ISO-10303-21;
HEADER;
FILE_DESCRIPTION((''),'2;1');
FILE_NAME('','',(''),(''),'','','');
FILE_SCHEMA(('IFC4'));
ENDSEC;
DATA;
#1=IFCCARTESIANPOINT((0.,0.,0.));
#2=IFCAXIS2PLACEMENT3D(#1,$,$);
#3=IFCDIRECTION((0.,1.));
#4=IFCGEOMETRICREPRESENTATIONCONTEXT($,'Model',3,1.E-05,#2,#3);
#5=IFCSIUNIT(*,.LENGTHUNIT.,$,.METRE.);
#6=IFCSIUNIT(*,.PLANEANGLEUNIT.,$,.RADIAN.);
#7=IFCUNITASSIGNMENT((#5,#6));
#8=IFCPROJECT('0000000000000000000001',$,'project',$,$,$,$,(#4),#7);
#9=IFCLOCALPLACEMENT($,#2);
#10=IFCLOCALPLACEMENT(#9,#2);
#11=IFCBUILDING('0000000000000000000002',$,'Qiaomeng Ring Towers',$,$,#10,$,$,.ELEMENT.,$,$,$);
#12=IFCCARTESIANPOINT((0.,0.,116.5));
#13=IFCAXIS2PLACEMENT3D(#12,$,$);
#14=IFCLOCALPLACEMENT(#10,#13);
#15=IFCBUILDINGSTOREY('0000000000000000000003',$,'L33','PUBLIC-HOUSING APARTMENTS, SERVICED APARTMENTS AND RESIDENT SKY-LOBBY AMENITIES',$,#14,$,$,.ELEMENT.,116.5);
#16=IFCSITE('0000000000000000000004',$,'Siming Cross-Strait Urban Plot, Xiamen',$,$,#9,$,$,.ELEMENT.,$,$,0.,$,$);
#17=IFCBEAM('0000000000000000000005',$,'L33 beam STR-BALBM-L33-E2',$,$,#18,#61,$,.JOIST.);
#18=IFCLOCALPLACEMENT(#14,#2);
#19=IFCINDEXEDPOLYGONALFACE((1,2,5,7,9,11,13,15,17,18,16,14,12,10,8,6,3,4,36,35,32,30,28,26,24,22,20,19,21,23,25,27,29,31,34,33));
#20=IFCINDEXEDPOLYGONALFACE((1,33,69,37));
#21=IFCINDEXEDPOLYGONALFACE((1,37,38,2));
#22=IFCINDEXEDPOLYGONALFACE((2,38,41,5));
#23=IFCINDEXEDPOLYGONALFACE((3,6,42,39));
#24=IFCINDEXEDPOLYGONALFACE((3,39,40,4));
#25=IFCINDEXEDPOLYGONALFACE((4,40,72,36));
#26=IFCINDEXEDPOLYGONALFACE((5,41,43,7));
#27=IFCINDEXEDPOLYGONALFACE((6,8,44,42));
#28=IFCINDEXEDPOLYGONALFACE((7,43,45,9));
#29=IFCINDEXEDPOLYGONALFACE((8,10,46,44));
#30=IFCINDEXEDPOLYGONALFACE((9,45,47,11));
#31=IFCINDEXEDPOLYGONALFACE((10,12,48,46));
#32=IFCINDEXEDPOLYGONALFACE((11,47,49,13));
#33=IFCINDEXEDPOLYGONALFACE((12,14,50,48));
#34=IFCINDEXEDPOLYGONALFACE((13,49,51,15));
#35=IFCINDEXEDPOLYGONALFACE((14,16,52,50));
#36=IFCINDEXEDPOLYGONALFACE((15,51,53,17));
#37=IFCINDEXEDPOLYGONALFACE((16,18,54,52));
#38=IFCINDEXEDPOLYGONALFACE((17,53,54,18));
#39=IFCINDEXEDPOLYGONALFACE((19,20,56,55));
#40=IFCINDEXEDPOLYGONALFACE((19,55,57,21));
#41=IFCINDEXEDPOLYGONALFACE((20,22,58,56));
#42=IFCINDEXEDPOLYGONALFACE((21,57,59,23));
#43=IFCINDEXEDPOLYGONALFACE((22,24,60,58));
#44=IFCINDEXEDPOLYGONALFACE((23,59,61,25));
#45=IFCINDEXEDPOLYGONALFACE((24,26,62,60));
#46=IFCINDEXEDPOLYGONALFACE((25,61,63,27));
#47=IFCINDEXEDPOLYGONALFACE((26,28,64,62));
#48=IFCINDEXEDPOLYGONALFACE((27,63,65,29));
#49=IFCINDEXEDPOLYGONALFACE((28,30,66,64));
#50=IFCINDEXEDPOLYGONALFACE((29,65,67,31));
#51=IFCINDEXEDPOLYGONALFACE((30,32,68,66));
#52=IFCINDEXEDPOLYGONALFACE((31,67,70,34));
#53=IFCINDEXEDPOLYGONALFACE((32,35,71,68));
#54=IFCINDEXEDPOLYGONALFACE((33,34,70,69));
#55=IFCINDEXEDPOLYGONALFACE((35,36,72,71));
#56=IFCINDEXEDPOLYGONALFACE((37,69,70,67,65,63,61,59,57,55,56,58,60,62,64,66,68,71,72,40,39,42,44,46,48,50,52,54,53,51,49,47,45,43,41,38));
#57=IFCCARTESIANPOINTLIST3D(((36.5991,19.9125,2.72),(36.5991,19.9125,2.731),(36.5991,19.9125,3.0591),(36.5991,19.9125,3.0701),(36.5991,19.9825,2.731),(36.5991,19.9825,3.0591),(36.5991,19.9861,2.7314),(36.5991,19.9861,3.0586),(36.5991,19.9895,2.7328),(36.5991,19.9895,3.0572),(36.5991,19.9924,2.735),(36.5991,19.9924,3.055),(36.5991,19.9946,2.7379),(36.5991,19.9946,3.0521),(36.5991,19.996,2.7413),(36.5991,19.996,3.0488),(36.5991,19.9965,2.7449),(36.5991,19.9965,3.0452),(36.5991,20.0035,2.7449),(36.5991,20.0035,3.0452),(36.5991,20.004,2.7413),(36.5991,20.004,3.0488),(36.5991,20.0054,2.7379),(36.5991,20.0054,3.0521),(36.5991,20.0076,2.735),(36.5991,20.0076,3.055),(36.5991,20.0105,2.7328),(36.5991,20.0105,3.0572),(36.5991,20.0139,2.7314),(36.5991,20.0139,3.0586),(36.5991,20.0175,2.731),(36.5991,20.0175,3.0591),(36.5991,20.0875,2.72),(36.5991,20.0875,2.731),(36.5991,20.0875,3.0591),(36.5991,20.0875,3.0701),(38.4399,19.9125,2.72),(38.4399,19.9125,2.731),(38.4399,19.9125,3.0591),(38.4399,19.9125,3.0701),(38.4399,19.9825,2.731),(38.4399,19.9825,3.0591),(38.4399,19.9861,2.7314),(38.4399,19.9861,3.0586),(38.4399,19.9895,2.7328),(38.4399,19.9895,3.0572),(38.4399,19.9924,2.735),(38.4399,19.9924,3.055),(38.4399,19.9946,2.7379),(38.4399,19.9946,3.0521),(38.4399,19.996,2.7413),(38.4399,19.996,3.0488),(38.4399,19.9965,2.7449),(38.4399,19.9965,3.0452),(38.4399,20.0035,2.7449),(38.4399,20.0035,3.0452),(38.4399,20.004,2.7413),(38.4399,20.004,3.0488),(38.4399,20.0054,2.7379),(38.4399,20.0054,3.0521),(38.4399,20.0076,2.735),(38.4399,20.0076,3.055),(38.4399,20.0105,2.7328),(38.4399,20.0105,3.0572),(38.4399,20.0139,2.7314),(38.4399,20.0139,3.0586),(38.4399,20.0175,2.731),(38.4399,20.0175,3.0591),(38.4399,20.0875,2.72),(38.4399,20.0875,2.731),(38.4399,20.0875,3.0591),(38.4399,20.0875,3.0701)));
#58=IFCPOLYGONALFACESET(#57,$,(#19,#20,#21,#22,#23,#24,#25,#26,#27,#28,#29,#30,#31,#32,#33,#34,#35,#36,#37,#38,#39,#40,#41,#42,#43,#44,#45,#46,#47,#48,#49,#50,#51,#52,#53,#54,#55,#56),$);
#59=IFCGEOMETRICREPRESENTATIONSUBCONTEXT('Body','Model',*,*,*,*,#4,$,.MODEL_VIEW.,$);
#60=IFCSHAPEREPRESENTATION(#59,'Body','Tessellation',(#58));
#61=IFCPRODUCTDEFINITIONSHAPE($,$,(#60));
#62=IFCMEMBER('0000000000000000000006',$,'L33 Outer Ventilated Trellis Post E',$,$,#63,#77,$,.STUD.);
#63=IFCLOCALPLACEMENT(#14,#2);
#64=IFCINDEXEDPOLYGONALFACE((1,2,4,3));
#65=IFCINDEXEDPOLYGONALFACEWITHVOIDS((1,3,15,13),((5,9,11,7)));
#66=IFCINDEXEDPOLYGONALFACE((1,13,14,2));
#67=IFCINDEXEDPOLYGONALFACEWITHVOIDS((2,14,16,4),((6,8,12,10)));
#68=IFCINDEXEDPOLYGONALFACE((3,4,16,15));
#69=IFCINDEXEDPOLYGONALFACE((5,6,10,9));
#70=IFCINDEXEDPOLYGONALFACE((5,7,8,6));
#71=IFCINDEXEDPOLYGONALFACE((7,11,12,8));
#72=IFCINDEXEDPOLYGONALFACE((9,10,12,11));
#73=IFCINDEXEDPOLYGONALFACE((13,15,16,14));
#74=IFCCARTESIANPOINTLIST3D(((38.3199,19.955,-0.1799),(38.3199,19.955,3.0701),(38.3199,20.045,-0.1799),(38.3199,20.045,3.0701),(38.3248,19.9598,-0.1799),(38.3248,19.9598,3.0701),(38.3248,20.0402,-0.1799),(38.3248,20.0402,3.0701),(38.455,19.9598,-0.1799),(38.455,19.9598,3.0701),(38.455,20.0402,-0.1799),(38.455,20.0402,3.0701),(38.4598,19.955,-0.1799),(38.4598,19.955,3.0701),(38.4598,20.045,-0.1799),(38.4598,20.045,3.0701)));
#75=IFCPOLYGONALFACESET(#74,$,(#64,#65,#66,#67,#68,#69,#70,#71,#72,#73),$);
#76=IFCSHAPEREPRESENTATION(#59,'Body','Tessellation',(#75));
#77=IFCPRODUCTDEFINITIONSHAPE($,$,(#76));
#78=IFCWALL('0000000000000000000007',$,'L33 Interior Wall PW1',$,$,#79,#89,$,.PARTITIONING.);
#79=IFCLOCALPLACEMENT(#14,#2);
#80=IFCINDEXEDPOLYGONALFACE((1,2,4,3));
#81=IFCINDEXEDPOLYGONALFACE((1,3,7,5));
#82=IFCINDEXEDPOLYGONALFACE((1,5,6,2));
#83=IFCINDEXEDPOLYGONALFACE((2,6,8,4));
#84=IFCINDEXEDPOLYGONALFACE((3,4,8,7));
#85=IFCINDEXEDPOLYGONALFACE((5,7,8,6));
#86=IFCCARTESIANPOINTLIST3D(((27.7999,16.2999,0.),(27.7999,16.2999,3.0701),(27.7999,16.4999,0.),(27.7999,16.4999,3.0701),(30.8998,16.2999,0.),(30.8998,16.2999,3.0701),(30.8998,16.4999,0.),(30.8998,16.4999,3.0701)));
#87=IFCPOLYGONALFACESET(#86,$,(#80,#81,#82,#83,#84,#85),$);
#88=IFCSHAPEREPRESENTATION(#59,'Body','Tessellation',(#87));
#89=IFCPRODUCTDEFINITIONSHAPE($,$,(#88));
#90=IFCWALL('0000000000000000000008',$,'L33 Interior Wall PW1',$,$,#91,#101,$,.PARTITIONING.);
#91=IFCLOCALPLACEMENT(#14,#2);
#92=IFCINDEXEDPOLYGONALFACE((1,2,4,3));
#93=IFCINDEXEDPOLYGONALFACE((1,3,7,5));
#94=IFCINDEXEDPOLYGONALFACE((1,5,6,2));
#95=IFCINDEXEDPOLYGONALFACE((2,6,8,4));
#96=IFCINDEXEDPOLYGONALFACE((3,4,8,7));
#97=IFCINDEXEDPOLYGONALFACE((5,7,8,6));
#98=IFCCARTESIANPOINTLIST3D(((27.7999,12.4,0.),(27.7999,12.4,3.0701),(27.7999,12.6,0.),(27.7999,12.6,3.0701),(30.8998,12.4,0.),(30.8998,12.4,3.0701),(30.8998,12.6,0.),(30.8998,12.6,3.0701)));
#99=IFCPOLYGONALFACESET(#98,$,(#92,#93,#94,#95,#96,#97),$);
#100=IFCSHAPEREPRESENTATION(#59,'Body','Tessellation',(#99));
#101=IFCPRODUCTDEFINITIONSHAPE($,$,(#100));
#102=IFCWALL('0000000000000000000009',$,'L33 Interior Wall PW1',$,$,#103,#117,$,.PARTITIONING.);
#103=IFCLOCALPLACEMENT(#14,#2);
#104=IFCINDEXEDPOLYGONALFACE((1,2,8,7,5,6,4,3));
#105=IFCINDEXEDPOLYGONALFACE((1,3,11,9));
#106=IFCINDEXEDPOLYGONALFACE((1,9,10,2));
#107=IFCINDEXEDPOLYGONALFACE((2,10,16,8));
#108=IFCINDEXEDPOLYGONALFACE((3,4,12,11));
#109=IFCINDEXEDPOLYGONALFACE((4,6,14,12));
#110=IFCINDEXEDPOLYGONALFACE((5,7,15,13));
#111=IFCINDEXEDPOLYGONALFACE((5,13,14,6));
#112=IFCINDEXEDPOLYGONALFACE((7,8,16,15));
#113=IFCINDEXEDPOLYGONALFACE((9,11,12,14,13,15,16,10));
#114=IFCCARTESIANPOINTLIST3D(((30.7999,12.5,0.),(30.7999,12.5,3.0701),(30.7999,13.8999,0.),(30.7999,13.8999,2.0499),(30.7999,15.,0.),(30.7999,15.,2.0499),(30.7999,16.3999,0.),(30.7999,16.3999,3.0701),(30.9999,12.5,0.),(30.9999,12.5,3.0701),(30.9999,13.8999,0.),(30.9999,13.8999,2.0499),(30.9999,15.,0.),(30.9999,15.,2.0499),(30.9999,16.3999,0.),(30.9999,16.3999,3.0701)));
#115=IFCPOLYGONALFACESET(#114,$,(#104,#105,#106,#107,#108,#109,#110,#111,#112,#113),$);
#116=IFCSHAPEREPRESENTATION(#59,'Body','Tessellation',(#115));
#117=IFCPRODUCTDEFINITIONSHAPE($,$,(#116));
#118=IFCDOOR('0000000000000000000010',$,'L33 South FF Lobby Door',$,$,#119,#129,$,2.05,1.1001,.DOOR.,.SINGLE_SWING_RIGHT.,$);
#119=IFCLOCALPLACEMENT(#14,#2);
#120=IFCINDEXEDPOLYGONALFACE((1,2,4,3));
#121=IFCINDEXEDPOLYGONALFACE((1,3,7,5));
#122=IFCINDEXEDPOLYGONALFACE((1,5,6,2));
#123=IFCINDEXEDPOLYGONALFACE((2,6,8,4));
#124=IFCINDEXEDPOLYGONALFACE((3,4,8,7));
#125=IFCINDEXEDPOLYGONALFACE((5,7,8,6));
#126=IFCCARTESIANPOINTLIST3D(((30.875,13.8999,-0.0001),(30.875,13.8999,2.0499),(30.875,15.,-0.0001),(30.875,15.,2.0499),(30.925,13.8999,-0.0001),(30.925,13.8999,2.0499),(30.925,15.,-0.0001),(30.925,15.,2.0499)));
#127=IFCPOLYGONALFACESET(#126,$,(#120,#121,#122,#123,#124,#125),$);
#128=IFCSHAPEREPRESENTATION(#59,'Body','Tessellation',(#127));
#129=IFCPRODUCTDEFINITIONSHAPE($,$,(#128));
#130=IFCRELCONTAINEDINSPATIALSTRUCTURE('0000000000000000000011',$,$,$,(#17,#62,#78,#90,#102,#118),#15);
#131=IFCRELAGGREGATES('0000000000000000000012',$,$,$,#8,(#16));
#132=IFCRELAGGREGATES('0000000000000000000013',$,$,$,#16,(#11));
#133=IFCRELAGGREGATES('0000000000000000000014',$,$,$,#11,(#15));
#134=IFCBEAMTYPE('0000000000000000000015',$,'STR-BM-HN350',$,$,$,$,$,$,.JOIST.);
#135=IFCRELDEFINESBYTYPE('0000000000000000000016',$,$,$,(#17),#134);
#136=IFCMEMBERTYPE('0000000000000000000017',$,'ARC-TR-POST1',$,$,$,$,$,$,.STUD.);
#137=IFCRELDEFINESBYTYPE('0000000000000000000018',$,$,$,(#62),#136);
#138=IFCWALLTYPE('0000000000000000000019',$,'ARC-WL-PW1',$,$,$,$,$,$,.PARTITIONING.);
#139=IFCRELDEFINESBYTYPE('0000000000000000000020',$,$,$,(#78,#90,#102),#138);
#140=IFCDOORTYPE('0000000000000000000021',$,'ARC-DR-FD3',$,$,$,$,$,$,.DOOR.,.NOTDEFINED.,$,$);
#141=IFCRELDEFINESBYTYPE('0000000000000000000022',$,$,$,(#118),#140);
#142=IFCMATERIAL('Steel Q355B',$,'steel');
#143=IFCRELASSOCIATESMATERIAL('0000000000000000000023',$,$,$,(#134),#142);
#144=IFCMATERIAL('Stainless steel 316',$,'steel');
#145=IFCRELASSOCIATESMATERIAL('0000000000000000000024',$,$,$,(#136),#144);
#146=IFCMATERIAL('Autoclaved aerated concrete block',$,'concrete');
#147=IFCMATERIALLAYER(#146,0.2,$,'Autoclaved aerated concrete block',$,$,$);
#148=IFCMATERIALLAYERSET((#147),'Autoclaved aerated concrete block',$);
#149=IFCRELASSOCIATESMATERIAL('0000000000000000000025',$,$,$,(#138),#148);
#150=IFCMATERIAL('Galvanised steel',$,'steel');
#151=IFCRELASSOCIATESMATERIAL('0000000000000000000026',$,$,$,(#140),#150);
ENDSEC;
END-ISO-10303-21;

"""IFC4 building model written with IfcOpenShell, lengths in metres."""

from ifc_helpers import new_model, si_unit, direction, frame, frame_2d, origin, origin_2d, place, context, subcontext, project, spatial, rectangle, hollow_rectangle, i_section, extrude, source, transform, mapped, material, layer, layer_set, material_profile, profile_set, type_object, element, fill, save


model = new_model("IFC4")

# Units and contexts
model_context = context("Model", 3, precision=1e-05, world=origin(), true_north=direction((0.0, 1.0)))
body_context = subcontext(model_context, "Body", "Model", "MODEL_VIEW")
ifc_project = project(units=[si_unit("LENGTHUNIT", "METRE"), si_unit("PLANEANGLEUNIT", "RADIAN")], contexts=[model_context])

# Site, building, storey
site_placement = place(None, origin())
site = spatial("IfcSite", under=ifc_project, at=site_placement, Name="Siming Cross-Strait Urban Plot, Xiamen", CompositionType="ELEMENT", RefElevation=0.0)
building_placement = place(site_placement, origin())
building = spatial("IfcBuilding", under=site, at=building_placement, Name="Qiaomeng Ring Towers", CompositionType="ELEMENT")
storey_placement = place(building_placement, frame((0.0, 0.0, 116.5)))
storey = spatial("IfcBuildingStorey", under=building, at=storey_placement, Name="L33", Description="PUBLIC-HOUSING APARTMENTS, SERVICED APARTMENTS AND RESIDENT SKY-LOBBY AMENITIES", CompositionType="ELEMENT", Elevation=116.5)

# Beam
ifc_material_1 = material(Name="Steel Q355B", Category="steel")
ifc_material_profile_1 = material_profile(ifc_material_1, i_section(OverallWidth=0.175, OverallDepth=0.3501, WebThickness=0.0071, FlangeThickness=0.011, FilletRadius=0.0139, at=origin_2d()), Name="HN 350x175x7x11")
ifc_profile_set_1 = profile_set([ifc_material_profile_1], Name="Steel Q355B")
beam_type_1 = type_object("IfcBeamType", Name="STR-BM-HN350", PredefinedType="JOIST", material=ifc_profile_set_1)
shared_shape_1 = source(origin(), body_context, "Body", "SweptSolid", [
    extrude(i_section(OverallWidth=0.175, OverallDepth=0.3501, WebThickness=0.0071, FlangeThickness=0.011, FilletRadius=0.0139, at=origin_2d()), origin(), (0.0, 0.0, 1.0), 1.8408),
])
beam_1_placement = place(storey_placement, frame((36.5991, 20.0, 2.895), z_axis=(1.0, 0.0, 0.0), x_axis=(0.0, 1.0, 0.0)))
element("IfcBeam", 1, at=beam_1_placement, inside=storey, type_object=beam_type_1, Name="L33 beam STR-BALBM-L33-E2", PredefinedType="JOIST", context=body_context, shape_type="MappedRepresentation", body=[
    mapped(shared_shape_1, transform((0.0, 0.0, 0.0), x_axis=(1.0, 0.0, 0.0), y_axis=(0.0, 1.0, 0.0), z_axis=(0.0, 0.0, 1.0), scale=1.0)),
])

# Member
ifc_material_2 = material(Name="Stainless steel 316", Category="steel")
ifc_material_profile_2 = material_profile(ifc_material_2, hollow_rectangle(XDim=0.0901, YDim=0.1399, WallThickness=0.0049, at=origin_2d()), Name="SS TRELLIS 90x140")
ifc_profile_set_2 = profile_set([ifc_material_profile_2], Name="Stainless steel 316")
member_type = type_object("IfcMemberType", Name="ARC-TR-POST1", PredefinedType="STUD", material=ifc_profile_set_2)
shared_shape_2 = source(origin(), body_context, "Body", "SweptSolid", [
    extrude(hollow_rectangle(XDim=0.0901, YDim=0.1399, WallThickness=0.0049, at=origin_2d()), origin(), (0.0, 0.0, 1.0), 3.25),
])
member_placement = place(storey_placement, frame((38.3899, 20.0, -0.1799), z_axis=(0.0, 0.0, 1.0), x_axis=(0.0, 1.0, 0.0)))
element("IfcMember", 2, at=member_placement, inside=storey, type_object=member_type, Name="L33 Outer Ventilated Trellis Post E", PredefinedType="STUD", context=body_context, shape_type="MappedRepresentation", body=[
    mapped(shared_shape_2, transform((0.0, 0.0, 0.0), x_axis=(1.0, 0.0, 0.0), y_axis=(0.0, 1.0, 0.0), z_axis=(0.0, 0.0, 1.0), scale=1.0)),
])

# Walls
ifc_material_3 = material(Name="Autoclaved aerated concrete block", Category="concrete")
ifc_layer_1 = layer(ifc_material_3, 0.2, Name="Autoclaved aerated concrete block")
ifc_layer_set_1 = layer_set([ifc_layer_1], Name="Autoclaved aerated concrete block")
wall_type_1 = type_object("IfcWallType", Name="ARC-WL-PW1", PredefinedType="PARTITIONING", material=ifc_layer_set_1)
for number, where, z_axis, x_axis, name in (
    (3, (27.8, 16.3999, 0.0), (0.0, 0.0, 1.0), (1.0, 0.0, 0.0), "L33 Interior Wall PW1"),
    (4, (27.8, 12.5, 0.0), (0.0, 0.0, 1.0), (1.0, 0.0, 0.0), "L33 Interior Wall PW1"),
):
    element("IfcWall", number, at=place(storey_placement, frame(where, z_axis=z_axis, x_axis=x_axis)), inside=storey, type_object=wall_type_1, Name=name, PredefinedType="PARTITIONING", context=body_context, shape_type="SweptSolid", body=[
        extrude(rectangle(XDim=3.0999, YDim=0.2, at=frame_2d((1.5498, 0.0))), origin(), (0.0, 0.0, 1.0), 3.0701),
    ])

# Wall, opening, door
wall_1_placement = place(storey_placement, frame((30.8999, 12.5, 0.0), z_axis=(0.0, 0.0, 1.0), x_axis=(0.0, 1.0, 0.0)))
wall_1 = element("IfcWall", 5, at=wall_1_placement, inside=storey, type_object=wall_type_1, Name="L33 Interior Wall PW1", PredefinedType="PARTITIONING", context=body_context, shape_type="SweptSolid", body=[
    extrude(rectangle(XDim=3.8999, YDim=0.2, at=frame_2d((1.95, 0.0))), origin(), (0.0, 0.0, 1.0), 3.0701),
])
opening_1_placement = place(wall_1_placement, frame((1.3999, 0.0, 0.0)))
opening_1 = element("IfcOpeningElement", 6, at=opening_1_placement, cuts=wall_1, PredefinedType="OPENING", context=body_context, shape_type="SweptSolid", body=[
    extrude(rectangle(XDim=1.1001, YDim=2.05, at=frame_2d((0.55, 1.0249))), frame((0.0, 0.1099, 0.0), z_axis=(0.0, -1.0, 0.0), x_axis=(1.0, 0.0, 0.0)), (0.0, 0.0, 1.0), 0.22),
])
ifc_material_4 = material(Name="Galvanised steel", Category="steel")
door_type_1 = type_object("IfcDoorType", Name="ARC-DR-FD3", OperationType="NOTDEFINED", PredefinedType="DOOR", material=ifc_material_4)
shared_shape_3 = source(origin(), body_context, "Body", "SweptSolid", [
    extrude(rectangle(XDim=1.1001, YDim=2.05, at=frame_2d((0.55, 1.0249))), frame((0.0, 0.0249, 0.0), z_axis=(0.0, -1.0, 0.0), x_axis=(1.0, 0.0, 0.0)), (0.0, 0.0, 1.0), 0.05),
])
door_1_placement = place(opening_1_placement, origin())
door_1 = element("IfcDoor", 7, at=door_1_placement, inside=storey, type_object=door_type_1, Name="L33 South FF Lobby Door", OperationType="SINGLE_SWING_RIGHT", OverallHeight=2.05, OverallWidth=1.1001, PredefinedType="DOOR", context=body_context, shape_type="MappedRepresentation", body=[
    mapped(shared_shape_3, transform((0.0, 0.0, 0.0), x_axis=(1.0, 0.0, 0.0), y_axis=(0.0, 1.0, 0.0), z_axis=(0.0, 0.0, 1.0), scale=1.0)),
])
fill(opening_1, door_1)

save(model, "model.ifc")
